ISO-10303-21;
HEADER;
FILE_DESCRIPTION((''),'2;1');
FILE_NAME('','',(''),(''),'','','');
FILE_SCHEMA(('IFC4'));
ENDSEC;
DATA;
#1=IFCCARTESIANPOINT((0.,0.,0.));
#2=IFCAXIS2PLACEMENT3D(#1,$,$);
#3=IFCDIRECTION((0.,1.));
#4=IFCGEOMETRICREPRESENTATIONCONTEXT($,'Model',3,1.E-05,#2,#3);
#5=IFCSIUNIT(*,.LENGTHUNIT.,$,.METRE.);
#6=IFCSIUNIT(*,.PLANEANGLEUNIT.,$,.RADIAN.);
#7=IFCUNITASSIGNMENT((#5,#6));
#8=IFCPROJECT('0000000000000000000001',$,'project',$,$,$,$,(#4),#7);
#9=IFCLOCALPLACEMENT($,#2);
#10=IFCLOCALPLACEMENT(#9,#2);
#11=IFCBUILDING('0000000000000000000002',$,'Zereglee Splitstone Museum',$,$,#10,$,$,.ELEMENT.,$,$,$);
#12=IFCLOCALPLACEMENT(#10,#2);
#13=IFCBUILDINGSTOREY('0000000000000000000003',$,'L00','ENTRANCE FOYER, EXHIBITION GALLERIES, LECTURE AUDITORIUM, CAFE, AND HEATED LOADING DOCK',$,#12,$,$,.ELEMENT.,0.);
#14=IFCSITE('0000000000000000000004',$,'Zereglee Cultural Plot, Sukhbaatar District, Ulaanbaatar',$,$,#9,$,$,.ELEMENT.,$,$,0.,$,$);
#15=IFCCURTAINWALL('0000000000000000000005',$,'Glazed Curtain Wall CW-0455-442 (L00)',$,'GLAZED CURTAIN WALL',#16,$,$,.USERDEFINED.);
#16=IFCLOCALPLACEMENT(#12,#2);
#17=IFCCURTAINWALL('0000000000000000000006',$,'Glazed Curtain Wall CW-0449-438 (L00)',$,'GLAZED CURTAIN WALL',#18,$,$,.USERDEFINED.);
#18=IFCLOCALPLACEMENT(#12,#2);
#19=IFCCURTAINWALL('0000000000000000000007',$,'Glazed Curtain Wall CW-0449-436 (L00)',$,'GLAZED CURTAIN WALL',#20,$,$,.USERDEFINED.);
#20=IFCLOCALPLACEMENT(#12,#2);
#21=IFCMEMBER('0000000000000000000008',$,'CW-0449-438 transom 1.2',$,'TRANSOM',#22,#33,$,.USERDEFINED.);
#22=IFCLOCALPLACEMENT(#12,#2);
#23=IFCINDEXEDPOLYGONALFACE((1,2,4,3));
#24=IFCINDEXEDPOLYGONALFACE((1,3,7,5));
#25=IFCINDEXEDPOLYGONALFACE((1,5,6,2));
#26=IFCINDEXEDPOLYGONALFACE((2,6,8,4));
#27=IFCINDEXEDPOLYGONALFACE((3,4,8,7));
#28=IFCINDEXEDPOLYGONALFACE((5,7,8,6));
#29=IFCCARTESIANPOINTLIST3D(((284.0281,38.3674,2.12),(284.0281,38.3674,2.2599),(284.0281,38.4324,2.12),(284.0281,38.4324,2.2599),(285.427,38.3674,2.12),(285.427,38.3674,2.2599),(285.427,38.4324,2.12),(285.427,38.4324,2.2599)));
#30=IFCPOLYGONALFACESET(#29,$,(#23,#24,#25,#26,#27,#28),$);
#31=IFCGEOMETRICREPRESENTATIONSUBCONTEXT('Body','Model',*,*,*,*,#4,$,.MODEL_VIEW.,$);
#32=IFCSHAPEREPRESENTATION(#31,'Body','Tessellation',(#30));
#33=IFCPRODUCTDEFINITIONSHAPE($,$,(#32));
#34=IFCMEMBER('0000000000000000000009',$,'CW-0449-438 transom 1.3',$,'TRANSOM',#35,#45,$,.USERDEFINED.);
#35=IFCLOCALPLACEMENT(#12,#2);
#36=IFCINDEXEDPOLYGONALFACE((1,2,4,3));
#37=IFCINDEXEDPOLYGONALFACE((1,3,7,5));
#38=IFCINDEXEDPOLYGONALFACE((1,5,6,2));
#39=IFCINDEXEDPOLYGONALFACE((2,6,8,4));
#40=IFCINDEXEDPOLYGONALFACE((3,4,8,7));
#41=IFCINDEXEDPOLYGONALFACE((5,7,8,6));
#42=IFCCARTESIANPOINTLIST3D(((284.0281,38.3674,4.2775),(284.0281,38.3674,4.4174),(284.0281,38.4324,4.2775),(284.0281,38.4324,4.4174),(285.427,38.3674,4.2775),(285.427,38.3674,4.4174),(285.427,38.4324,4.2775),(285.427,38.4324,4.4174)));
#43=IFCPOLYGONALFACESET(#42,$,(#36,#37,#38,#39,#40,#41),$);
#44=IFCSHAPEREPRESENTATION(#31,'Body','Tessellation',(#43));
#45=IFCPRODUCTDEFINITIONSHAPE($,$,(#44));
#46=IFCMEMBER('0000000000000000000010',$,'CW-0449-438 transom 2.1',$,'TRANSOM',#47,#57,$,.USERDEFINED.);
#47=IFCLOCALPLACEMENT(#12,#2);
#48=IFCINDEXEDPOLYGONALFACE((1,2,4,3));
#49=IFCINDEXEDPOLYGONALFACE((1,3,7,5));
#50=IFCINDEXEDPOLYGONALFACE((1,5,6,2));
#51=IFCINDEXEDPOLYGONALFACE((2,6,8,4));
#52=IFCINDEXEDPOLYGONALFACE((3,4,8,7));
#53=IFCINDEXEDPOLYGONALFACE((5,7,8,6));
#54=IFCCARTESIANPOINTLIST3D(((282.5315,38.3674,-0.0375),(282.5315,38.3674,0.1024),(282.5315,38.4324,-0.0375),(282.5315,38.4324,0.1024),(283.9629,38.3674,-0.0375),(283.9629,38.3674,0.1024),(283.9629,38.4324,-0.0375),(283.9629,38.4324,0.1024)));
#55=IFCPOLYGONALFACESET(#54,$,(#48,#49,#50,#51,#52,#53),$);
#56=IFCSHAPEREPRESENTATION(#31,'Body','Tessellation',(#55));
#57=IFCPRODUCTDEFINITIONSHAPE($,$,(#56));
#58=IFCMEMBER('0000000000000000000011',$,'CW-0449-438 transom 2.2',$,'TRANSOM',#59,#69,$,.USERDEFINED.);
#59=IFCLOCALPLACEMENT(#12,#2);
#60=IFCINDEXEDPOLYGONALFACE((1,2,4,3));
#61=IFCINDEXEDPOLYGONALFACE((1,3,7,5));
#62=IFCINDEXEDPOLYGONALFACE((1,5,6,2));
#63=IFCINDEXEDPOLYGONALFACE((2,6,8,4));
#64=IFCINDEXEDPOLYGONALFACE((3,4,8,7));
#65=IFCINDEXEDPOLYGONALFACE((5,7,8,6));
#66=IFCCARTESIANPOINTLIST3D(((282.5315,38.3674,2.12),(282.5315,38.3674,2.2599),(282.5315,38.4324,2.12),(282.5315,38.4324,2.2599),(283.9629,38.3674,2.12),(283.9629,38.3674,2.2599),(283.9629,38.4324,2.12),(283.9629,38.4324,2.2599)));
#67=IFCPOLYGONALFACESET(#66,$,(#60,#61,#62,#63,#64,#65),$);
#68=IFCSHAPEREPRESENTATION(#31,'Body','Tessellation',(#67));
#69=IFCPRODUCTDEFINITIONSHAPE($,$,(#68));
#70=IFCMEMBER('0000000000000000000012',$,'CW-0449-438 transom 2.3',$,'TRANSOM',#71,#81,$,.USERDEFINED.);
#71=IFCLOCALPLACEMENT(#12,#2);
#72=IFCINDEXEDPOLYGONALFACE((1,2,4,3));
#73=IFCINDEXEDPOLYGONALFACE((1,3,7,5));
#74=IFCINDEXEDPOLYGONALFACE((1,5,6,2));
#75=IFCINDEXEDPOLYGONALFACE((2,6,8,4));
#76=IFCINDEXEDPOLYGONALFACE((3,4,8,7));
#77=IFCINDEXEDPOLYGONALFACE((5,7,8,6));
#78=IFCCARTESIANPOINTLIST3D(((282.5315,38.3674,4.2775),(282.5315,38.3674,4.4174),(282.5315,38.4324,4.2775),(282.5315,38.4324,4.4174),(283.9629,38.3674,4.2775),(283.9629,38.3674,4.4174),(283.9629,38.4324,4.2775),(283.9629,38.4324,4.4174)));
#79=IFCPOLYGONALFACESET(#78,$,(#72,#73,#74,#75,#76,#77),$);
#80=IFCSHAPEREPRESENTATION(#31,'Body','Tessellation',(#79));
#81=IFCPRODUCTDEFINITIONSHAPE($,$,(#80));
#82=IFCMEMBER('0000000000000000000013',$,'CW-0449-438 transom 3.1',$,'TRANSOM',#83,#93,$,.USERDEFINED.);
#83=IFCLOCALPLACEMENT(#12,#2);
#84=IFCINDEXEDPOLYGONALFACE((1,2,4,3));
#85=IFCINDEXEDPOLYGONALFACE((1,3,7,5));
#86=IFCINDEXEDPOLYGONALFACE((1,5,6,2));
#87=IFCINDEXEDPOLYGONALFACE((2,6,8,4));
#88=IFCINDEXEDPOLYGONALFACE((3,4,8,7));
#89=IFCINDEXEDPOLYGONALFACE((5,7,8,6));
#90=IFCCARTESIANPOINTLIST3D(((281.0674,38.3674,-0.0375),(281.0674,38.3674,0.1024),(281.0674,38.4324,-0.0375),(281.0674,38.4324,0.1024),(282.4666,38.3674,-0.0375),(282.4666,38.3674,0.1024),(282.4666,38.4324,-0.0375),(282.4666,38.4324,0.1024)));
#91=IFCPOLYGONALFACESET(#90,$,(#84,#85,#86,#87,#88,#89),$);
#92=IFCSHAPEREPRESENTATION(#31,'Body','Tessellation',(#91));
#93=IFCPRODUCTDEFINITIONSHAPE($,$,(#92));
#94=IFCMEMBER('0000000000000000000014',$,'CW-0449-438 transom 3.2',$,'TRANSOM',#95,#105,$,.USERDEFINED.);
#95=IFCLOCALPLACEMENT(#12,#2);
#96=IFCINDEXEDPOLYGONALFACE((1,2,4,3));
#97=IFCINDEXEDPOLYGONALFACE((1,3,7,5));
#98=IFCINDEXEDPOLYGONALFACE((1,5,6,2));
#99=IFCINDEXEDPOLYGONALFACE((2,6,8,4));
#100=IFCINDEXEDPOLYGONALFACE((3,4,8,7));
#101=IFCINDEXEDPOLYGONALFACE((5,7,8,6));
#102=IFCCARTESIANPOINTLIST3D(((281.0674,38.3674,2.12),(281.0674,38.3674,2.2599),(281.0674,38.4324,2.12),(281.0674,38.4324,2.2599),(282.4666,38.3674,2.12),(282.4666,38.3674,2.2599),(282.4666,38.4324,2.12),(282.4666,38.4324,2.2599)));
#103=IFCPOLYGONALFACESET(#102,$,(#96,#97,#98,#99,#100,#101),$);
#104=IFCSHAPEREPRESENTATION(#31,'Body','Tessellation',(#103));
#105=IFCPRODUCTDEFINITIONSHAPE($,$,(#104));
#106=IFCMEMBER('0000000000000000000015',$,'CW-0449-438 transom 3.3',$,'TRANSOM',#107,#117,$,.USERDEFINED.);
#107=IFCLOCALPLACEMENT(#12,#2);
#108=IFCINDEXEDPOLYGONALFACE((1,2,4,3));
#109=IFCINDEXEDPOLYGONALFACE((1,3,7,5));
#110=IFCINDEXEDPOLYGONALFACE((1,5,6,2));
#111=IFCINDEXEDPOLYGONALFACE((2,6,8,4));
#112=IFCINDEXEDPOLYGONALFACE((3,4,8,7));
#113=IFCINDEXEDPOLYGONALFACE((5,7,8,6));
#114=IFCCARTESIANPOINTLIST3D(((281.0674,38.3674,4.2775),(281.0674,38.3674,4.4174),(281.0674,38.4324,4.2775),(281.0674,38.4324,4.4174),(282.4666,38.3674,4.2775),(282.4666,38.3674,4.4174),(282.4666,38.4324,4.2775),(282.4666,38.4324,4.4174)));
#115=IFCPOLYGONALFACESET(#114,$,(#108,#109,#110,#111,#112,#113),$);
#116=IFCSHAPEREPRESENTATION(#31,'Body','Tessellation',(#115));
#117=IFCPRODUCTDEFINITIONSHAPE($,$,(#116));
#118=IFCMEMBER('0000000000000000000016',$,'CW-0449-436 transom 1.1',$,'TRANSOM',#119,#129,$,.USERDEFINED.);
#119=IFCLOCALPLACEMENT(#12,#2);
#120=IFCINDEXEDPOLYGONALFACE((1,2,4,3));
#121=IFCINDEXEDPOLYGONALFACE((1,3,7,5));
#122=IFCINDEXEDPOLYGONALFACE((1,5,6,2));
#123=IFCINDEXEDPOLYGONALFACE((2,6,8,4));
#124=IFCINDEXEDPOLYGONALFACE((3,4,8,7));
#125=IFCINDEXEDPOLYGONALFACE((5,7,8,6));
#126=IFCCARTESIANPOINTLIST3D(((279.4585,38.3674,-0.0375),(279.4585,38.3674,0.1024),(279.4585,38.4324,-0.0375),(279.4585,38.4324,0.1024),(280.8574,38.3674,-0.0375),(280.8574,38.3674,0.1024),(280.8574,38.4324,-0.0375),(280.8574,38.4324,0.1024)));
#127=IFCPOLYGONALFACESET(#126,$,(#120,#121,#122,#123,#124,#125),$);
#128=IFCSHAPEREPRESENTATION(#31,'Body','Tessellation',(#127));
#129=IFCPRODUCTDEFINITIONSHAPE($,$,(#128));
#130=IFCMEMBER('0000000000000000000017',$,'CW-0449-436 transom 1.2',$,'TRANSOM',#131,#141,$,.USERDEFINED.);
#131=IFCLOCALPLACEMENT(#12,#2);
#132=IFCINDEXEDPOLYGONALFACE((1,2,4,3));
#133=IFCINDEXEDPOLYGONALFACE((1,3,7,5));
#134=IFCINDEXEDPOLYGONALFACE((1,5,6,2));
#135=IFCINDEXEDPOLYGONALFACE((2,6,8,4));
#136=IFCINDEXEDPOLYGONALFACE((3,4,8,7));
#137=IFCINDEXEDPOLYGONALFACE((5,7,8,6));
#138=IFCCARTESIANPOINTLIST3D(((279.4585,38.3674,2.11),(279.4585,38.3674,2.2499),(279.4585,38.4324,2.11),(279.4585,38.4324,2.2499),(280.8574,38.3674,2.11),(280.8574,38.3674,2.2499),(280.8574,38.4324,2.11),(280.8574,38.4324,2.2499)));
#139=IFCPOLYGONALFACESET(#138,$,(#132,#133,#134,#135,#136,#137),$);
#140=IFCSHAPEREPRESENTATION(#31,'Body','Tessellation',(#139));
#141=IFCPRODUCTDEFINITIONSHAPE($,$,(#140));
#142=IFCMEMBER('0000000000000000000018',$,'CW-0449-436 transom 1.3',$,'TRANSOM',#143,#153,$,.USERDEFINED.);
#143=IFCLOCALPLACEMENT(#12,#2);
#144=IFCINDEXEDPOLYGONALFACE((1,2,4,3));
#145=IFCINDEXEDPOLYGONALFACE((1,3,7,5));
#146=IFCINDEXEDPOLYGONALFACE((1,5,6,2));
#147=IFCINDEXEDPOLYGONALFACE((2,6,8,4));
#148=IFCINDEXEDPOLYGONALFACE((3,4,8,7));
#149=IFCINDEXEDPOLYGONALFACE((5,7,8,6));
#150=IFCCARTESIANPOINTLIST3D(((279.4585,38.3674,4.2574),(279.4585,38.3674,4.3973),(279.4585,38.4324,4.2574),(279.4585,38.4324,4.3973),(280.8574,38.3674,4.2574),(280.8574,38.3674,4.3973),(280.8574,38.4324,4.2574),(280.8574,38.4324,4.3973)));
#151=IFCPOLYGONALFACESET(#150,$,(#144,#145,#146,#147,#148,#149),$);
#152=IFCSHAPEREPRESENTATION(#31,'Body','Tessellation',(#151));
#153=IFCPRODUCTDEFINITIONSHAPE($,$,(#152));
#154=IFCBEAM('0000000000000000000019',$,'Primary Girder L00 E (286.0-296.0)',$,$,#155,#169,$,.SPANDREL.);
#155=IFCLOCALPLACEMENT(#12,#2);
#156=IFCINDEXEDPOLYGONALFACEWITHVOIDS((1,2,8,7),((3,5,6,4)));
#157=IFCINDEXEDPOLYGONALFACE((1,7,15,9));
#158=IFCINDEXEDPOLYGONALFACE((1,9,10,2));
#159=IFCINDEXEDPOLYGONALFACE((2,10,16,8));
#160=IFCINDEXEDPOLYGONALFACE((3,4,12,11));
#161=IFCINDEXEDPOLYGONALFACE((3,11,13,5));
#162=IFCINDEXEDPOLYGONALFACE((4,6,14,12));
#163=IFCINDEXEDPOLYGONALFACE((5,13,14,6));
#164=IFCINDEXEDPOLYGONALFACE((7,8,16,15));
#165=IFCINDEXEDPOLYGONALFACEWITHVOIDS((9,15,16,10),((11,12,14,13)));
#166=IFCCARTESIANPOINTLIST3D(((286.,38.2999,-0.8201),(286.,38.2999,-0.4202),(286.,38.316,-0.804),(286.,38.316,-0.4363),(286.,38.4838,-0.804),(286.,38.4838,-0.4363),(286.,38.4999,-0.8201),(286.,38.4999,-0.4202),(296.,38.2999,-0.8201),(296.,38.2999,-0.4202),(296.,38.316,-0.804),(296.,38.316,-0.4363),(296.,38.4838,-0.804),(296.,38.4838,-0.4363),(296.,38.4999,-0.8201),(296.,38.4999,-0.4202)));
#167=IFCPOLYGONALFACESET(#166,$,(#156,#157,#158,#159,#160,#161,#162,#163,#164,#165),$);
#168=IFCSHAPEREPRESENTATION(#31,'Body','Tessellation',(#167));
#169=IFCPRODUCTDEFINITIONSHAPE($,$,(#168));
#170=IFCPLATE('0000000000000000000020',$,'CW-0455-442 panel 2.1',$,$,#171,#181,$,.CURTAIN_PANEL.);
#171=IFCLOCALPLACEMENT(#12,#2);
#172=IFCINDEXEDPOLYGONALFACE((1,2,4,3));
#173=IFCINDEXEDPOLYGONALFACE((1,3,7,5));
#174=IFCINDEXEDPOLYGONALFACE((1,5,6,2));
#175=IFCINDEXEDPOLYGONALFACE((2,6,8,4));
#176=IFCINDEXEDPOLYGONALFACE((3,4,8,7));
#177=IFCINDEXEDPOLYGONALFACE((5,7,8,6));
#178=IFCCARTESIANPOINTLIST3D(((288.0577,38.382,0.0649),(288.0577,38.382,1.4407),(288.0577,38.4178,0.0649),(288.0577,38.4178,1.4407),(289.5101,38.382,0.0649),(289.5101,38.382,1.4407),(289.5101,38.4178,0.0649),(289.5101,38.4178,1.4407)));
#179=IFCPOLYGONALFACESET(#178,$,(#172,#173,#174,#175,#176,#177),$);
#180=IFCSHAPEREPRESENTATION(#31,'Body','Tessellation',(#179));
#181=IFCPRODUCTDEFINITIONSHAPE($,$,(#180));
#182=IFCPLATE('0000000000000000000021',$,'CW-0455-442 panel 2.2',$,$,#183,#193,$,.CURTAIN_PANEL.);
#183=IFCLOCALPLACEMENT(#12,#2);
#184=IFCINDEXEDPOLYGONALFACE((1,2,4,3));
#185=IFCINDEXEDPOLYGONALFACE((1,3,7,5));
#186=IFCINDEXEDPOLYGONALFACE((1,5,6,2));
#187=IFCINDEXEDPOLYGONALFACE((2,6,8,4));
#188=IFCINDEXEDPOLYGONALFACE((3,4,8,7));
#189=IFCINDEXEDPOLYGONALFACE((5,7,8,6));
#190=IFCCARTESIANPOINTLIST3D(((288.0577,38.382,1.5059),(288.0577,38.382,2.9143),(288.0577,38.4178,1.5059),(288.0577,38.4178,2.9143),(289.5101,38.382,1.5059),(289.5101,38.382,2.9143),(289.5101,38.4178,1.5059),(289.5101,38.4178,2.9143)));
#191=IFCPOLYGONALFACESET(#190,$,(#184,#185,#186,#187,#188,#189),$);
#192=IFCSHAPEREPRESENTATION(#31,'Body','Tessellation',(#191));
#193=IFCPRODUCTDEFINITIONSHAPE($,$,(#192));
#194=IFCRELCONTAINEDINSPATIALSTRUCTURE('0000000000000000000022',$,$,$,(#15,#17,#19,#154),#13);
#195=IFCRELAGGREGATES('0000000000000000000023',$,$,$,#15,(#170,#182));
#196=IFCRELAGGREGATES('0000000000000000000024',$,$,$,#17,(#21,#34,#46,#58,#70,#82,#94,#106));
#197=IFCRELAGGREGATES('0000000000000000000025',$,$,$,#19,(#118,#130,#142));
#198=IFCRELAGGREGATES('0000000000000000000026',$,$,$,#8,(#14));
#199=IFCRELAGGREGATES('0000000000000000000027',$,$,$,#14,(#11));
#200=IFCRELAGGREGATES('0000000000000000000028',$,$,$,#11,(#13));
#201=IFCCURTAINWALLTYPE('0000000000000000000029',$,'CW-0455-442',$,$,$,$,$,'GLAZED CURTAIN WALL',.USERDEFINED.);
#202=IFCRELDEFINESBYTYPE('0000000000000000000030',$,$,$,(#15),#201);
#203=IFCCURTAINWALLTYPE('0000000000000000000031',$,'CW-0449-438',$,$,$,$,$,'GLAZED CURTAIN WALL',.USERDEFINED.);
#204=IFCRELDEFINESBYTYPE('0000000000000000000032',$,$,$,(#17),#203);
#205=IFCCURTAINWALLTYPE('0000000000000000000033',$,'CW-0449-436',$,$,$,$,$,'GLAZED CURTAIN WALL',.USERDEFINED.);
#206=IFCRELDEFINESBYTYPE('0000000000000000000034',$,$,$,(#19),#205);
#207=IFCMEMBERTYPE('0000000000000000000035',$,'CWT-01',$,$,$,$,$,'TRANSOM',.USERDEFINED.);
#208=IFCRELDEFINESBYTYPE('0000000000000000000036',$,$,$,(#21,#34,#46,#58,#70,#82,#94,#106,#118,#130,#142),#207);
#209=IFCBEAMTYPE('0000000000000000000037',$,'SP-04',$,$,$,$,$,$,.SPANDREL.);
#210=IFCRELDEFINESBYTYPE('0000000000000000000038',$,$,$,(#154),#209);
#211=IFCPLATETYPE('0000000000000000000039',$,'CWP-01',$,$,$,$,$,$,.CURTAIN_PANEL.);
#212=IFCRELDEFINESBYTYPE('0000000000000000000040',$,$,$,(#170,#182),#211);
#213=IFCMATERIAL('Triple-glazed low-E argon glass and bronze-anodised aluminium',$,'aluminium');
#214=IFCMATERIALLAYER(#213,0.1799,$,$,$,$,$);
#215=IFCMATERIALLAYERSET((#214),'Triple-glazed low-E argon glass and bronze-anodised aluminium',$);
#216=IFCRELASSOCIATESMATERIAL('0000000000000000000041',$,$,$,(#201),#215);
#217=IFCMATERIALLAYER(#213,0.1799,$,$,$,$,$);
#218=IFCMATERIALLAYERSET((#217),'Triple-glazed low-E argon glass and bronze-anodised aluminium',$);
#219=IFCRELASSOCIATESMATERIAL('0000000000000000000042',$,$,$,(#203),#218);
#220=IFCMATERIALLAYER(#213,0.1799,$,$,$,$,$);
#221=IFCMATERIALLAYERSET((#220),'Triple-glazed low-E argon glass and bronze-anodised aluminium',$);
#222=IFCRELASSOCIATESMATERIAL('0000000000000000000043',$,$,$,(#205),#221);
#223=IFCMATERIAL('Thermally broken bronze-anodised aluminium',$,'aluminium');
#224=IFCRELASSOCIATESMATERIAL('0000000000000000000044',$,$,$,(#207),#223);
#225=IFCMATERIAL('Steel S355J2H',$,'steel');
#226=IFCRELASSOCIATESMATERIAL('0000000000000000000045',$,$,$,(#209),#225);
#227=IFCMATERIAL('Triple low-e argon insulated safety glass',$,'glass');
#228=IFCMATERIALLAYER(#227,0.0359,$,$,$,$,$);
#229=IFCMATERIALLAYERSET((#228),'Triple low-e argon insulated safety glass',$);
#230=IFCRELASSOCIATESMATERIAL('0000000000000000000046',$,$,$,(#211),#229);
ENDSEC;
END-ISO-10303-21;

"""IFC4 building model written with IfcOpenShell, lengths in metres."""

from ifc_helpers import new_model, si_unit, direction, frame, origin, origin_2d, place, context, subcontext, project, spatial, rectangle, hollow_rectangle, extrude, material, layer, layer_set, material_profile, profile_set, type_object, element, aggregate, save


model = new_model("IFC4")

# Units and contexts
model_context = context("Model", 3, precision=1e-05, world=origin(), true_north=direction((0.0, 1.0)))
body_context = subcontext(model_context, "Body", "Model", "MODEL_VIEW")
ifc_project = project(units=[si_unit("LENGTHUNIT", "METRE"), si_unit("PLANEANGLEUNIT", "RADIAN")], contexts=[model_context])

# Site, building, storey
site_placement = place(None, origin())
site = spatial("IfcSite", under=ifc_project, at=site_placement, Name="Zereglee Cultural Plot, Sukhbaatar District, Ulaanbaatar", CompositionType="ELEMENT", RefElevation=0.0)
building_placement = place(site_placement, origin())
building = spatial("IfcBuilding", under=site, at=building_placement, Name="Zereglee Splitstone Museum", CompositionType="ELEMENT")
storey_placement = place(building_placement, origin())
storey = spatial("IfcBuildingStorey", under=building, at=storey_placement, Name="L00", Description="ENTRANCE FOYER, EXHIBITION GALLERIES, LECTURE AUDITORIUM, CAFE, AND HEATED LOADING DOCK", CompositionType="ELEMENT", Elevation=0.0)

# Curtain walls
ifc_material_1 = material(Name="Triple-glazed low-E argon glass and bronze-anodised aluminium", Category="aluminium")
ifc_layer_1 = layer(ifc_material_1, 0.1799)
ifc_layer_set_1 = layer_set([ifc_layer_1], Name="Triple-glazed low-E argon glass and bronze-anodised aluminium")
curtain_wall_type_1 = type_object("IfcCurtainWallType", Name="CW-0455-442", ElementType="GLAZED CURTAIN WALL", PredefinedType="USERDEFINED", material=ifc_layer_set_1)
curtain_wall_1_placement = place(storey_placement, origin())
curtain_wall_1 = element("IfcCurtainWall", 1, at=curtain_wall_1_placement, inside=storey, type_object=curtain_wall_type_1, Name="Glazed Curtain Wall CW-0455-442 (L00)", ObjectType="GLAZED CURTAIN WALL", PredefinedType="USERDEFINED")
ifc_material_2 = material(Name="Thermally broken bronze-anodised aluminium", Category="aluminium")
ifc_layer_2 = layer(ifc_material_1, 0.1799)
ifc_layer_set_2 = layer_set([ifc_layer_2], Name="Triple-glazed low-E argon glass and bronze-anodised aluminium")
curtain_wall_type_2 = type_object("IfcCurtainWallType", Name="CW-0449-438", ElementType="GLAZED CURTAIN WALL", PredefinedType="USERDEFINED", material=ifc_layer_set_2)
curtain_wall_2_placement = place(storey_placement, origin())
curtain_wall_2 = element("IfcCurtainWall", 2, at=curtain_wall_2_placement, inside=storey, type_object=curtain_wall_type_2, Name="Glazed Curtain Wall CW-0449-438 (L00)", ObjectType="GLAZED CURTAIN WALL", PredefinedType="USERDEFINED")

# Curtain wall
ifc_layer_3 = layer(ifc_material_1, 0.1799)
ifc_layer_set_3 = layer_set([ifc_layer_3], Name="Triple-glazed low-E argon glass and bronze-anodised aluminium")
curtain_wall_type_3 = type_object("IfcCurtainWallType", Name="CW-0449-436", ElementType="GLAZED CURTAIN WALL", PredefinedType="USERDEFINED", material=ifc_layer_set_3)
curtain_wall_3_placement = place(storey_placement, origin())
curtain_wall_3 = element("IfcCurtainWall", 3, at=curtain_wall_3_placement, inside=storey, type_object=curtain_wall_type_3, Name="Glazed Curtain Wall CW-0449-436 (L00)", ObjectType="GLAZED CURTAIN WALL", PredefinedType="USERDEFINED")

# Members
ifc_material_profile_1 = material_profile(ifc_material_2, rectangle(XDim=0.0649, YDim=0.1399, at=origin_2d()), Name="CW TRAN 65x140")
ifc_profile_set_1 = profile_set([ifc_material_profile_1], Name="Thermally broken bronze-anodised aluminium")
member_type_1 = type_object("IfcMemberType", Name="CWT-01", ElementType="TRANSOM", PredefinedType="USERDEFINED", material=ifc_profile_set_1)
member_1_placement = place(storey_placement, frame((285.427, 38.3999, 2.1899), z_axis=(-1.0, 0.0, 0.0), x_axis=(0.0, -1.0, 0.0)))
member_1 = element("IfcMember", 4, at=member_1_placement, type_object=member_type_1, Name="CW-0449-438 transom 1.2", ObjectType="TRANSOM", PredefinedType="USERDEFINED", context=body_context, shape_type="SweptSolid", body=[
    extrude(rectangle(XDim=0.0649, YDim=0.1399, at=origin_2d()), origin(), (0.0, 0.0, 1.0), 1.3989),
])
member_2_placement = place(storey_placement, frame((285.427, 38.3999, 4.3474), z_axis=(-1.0, 0.0, 0.0), x_axis=(0.0, -1.0, 0.0)))
member_2 = element("IfcMember", 5, at=member_2_placement, type_object=member_type_1, Name="CW-0449-438 transom 1.3", ObjectType="TRANSOM", PredefinedType="USERDEFINED", context=body_context, shape_type="SweptSolid", body=[
    extrude(rectangle(XDim=0.0649, YDim=0.1399, at=origin_2d()), origin(), (0.0, 0.0, 1.0), 1.3989),
])
member_3_placement = place(storey_placement, frame((283.9629, 38.3999, 0.0325), z_axis=(-1.0, 0.0, 0.0), x_axis=(0.0, -1.0, 0.0)))
member_3 = element("IfcMember", 6, at=member_3_placement, type_object=member_type_1, Name="CW-0449-438 transom 2.1", ObjectType="TRANSOM", PredefinedType="USERDEFINED", context=body_context, shape_type="SweptSolid", body=[
    extrude(rectangle(XDim=0.0649, YDim=0.1399, at=origin_2d()), origin(), (0.0, 0.0, 1.0), 1.4314),
])
member_4_placement = place(storey_placement, frame((283.9629, 38.3999, 2.1899), z_axis=(-1.0, 0.0, 0.0), x_axis=(0.0, -1.0, 0.0)))
member_4 = element("IfcMember", 7, at=member_4_placement, type_object=member_type_1, Name="CW-0449-438 transom 2.2", ObjectType="TRANSOM", PredefinedType="USERDEFINED", context=body_context, shape_type="SweptSolid", body=[
    extrude(rectangle(XDim=0.0649, YDim=0.1399, at=origin_2d()), origin(), (0.0, 0.0, 1.0), 1.4314),
])
member_5_placement = place(storey_placement, frame((283.9629, 38.3999, 4.3474), z_axis=(-1.0, 0.0, 0.0), x_axis=(0.0, -1.0, 0.0)))
member_5 = element("IfcMember", 8, at=member_5_placement, type_object=member_type_1, Name="CW-0449-438 transom 2.3", ObjectType="TRANSOM", PredefinedType="USERDEFINED", context=body_context, shape_type="SweptSolid", body=[
    extrude(rectangle(XDim=0.0649, YDim=0.1399, at=origin_2d()), origin(), (0.0, 0.0, 1.0), 1.4314),
])
member_6_placement = place(storey_placement, frame((282.4666, 38.3999, 0.0325), z_axis=(-1.0, 0.0, 0.0), x_axis=(0.0, -1.0, 0.0)))
member_6 = element("IfcMember", 9, at=member_6_placement, type_object=member_type_1, Name="CW-0449-438 transom 3.1", ObjectType="TRANSOM", PredefinedType="USERDEFINED", context=body_context, shape_type="SweptSolid", body=[
    extrude(rectangle(XDim=0.0649, YDim=0.1399, at=origin_2d()), origin(), (0.0, 0.0, 1.0), 1.3992),
])
member_7_placement = place(storey_placement, frame((282.4666, 38.3999, 2.1899), z_axis=(-1.0, 0.0, 0.0), x_axis=(0.0, -1.0, 0.0)))
member_7 = element("IfcMember", 10, at=member_7_placement, type_object=member_type_1, Name="CW-0449-438 transom 3.2", ObjectType="TRANSOM", PredefinedType="USERDEFINED", context=body_context, shape_type="SweptSolid", body=[
    extrude(rectangle(XDim=0.0649, YDim=0.1399, at=origin_2d()), origin(), (0.0, 0.0, 1.0), 1.3992),
])
member_8_placement = place(storey_placement, frame((282.4666, 38.3999, 4.3474), z_axis=(-1.0, 0.0, 0.0), x_axis=(0.0, -1.0, 0.0)))
member_8 = element("IfcMember", 11, at=member_8_placement, type_object=member_type_1, Name="CW-0449-438 transom 3.3", ObjectType="TRANSOM", PredefinedType="USERDEFINED", context=body_context, shape_type="SweptSolid", body=[
    extrude(rectangle(XDim=0.0649, YDim=0.1399, at=origin_2d()), origin(), (0.0, 0.0, 1.0), 1.3992),
])
member_9_placement = place(storey_placement, frame((280.8574, 38.3999, 0.0325), z_axis=(-1.0, 0.0, 0.0), x_axis=(0.0, -1.0, 0.0)))
member_9 = element("IfcMember", 12, at=member_9_placement, type_object=member_type_1, Name="CW-0449-436 transom 1.1", ObjectType="TRANSOM", PredefinedType="USERDEFINED", context=body_context, shape_type="SweptSolid", body=[
    extrude(rectangle(XDim=0.0649, YDim=0.1399, at=origin_2d()), origin(), (0.0, 0.0, 1.0), 1.3989),
])
member_10_placement = place(storey_placement, frame((280.8574, 38.3999, 2.1799), z_axis=(-1.0, 0.0, 0.0), x_axis=(0.0, -1.0, 0.0)))
member_10 = element("IfcMember", 13, at=member_10_placement, type_object=member_type_1, Name="CW-0449-436 transom 1.2", ObjectType="TRANSOM", PredefinedType="USERDEFINED", context=body_context, shape_type="SweptSolid", body=[
    extrude(rectangle(XDim=0.0649, YDim=0.1399, at=origin_2d()), origin(), (0.0, 0.0, 1.0), 1.3989),
])
member_11_placement = place(storey_placement, frame((280.8574, 38.3999, 4.3274), z_axis=(-1.0, 0.0, 0.0), x_axis=(0.0, -1.0, 0.0)))
member_11 = element("IfcMember", 14, at=member_11_placement, type_object=member_type_1, Name="CW-0449-436 transom 1.3", ObjectType="TRANSOM", PredefinedType="USERDEFINED", context=body_context, shape_type="SweptSolid", body=[
    extrude(rectangle(XDim=0.0649, YDim=0.1399, at=origin_2d()), origin(), (0.0, 0.0, 1.0), 1.3989),
])

# Beam
ifc_material_3 = material(Name="Steel S355J2H", Category="steel")
ifc_material_profile_2 = material_profile(ifc_material_3, hollow_rectangle(XDim=0.2, YDim=0.3999, WallThickness=0.0161, at=origin_2d()), Name="RHS 400x200x16")
ifc_profile_set_2 = profile_set([ifc_material_profile_2], Name="Steel S355J2H")
beam_type = type_object("IfcBeamType", Name="SP-04", PredefinedType="SPANDREL", material=ifc_profile_set_2)
beam_placement = place(storey_placement, frame((286.0, 38.3999, -0.6201), z_axis=(1.0, 0.0, 0.0), x_axis=(0.0, 1.0, 0.0)))
element("IfcBeam", 15, at=beam_placement, inside=storey, type_object=beam_type, Name="Primary Girder L00 E (286.0-296.0)", PredefinedType="SPANDREL", context=body_context, shape_type="SweptSolid", body=[
    extrude(hollow_rectangle(XDim=0.2, YDim=0.3999, WallThickness=0.0161, at=origin_2d()), origin(), (0.0, 0.0, 1.0), 10.0),
])

# Plates
ifc_material_4 = material(Name="Triple low-e argon insulated safety glass", Category="glass")
ifc_layer_4 = layer(ifc_material_4, 0.0359)
ifc_layer_set_4 = layer_set([ifc_layer_4], Name="Triple low-e argon insulated safety glass")
plate_type = type_object("IfcPlateType", Name="CWP-01", PredefinedType="CURTAIN_PANEL", material=ifc_layer_set_4)
plate_1_placement = place(storey_placement, frame((288.7839, 38.3999, 0.0649), z_axis=(0.0, 0.0, 1.0), x_axis=(-1.0, 0.0, 0.0)))
plate_1 = element("IfcPlate", 16, at=plate_1_placement, type_object=plate_type, Name="CW-0455-442 panel 2.1", PredefinedType="CURTAIN_PANEL", context=body_context, shape_type="SweptSolid", body=[
    extrude(rectangle(XDim=1.4524, YDim=0.0359, at=origin_2d()), origin(), (0.0, 0.0, 1.0), 1.3757),
])
plate_2_placement = place(storey_placement, frame((288.7839, 38.3999, 1.5059), z_axis=(0.0, 0.0, 1.0), x_axis=(-1.0, 0.0, 0.0)))
plate_2 = element("IfcPlate", 17, at=plate_2_placement, type_object=plate_type, Name="CW-0455-442 panel 2.2", PredefinedType="CURTAIN_PANEL", context=body_context, shape_type="SweptSolid", body=[
    extrude(rectangle(XDim=1.4524, YDim=0.0359, at=origin_2d()), origin(), (0.0, 0.0, 1.0), 1.4084),
])
aggregate(curtain_wall_1, [plate_1, plate_2])
aggregate(curtain_wall_2, [member_1, member_2, member_3, member_4, member_5, member_6, member_7, member_8])
aggregate(curtain_wall_3, [member_9, member_10, member_11])

save(model, "model.ifc")
